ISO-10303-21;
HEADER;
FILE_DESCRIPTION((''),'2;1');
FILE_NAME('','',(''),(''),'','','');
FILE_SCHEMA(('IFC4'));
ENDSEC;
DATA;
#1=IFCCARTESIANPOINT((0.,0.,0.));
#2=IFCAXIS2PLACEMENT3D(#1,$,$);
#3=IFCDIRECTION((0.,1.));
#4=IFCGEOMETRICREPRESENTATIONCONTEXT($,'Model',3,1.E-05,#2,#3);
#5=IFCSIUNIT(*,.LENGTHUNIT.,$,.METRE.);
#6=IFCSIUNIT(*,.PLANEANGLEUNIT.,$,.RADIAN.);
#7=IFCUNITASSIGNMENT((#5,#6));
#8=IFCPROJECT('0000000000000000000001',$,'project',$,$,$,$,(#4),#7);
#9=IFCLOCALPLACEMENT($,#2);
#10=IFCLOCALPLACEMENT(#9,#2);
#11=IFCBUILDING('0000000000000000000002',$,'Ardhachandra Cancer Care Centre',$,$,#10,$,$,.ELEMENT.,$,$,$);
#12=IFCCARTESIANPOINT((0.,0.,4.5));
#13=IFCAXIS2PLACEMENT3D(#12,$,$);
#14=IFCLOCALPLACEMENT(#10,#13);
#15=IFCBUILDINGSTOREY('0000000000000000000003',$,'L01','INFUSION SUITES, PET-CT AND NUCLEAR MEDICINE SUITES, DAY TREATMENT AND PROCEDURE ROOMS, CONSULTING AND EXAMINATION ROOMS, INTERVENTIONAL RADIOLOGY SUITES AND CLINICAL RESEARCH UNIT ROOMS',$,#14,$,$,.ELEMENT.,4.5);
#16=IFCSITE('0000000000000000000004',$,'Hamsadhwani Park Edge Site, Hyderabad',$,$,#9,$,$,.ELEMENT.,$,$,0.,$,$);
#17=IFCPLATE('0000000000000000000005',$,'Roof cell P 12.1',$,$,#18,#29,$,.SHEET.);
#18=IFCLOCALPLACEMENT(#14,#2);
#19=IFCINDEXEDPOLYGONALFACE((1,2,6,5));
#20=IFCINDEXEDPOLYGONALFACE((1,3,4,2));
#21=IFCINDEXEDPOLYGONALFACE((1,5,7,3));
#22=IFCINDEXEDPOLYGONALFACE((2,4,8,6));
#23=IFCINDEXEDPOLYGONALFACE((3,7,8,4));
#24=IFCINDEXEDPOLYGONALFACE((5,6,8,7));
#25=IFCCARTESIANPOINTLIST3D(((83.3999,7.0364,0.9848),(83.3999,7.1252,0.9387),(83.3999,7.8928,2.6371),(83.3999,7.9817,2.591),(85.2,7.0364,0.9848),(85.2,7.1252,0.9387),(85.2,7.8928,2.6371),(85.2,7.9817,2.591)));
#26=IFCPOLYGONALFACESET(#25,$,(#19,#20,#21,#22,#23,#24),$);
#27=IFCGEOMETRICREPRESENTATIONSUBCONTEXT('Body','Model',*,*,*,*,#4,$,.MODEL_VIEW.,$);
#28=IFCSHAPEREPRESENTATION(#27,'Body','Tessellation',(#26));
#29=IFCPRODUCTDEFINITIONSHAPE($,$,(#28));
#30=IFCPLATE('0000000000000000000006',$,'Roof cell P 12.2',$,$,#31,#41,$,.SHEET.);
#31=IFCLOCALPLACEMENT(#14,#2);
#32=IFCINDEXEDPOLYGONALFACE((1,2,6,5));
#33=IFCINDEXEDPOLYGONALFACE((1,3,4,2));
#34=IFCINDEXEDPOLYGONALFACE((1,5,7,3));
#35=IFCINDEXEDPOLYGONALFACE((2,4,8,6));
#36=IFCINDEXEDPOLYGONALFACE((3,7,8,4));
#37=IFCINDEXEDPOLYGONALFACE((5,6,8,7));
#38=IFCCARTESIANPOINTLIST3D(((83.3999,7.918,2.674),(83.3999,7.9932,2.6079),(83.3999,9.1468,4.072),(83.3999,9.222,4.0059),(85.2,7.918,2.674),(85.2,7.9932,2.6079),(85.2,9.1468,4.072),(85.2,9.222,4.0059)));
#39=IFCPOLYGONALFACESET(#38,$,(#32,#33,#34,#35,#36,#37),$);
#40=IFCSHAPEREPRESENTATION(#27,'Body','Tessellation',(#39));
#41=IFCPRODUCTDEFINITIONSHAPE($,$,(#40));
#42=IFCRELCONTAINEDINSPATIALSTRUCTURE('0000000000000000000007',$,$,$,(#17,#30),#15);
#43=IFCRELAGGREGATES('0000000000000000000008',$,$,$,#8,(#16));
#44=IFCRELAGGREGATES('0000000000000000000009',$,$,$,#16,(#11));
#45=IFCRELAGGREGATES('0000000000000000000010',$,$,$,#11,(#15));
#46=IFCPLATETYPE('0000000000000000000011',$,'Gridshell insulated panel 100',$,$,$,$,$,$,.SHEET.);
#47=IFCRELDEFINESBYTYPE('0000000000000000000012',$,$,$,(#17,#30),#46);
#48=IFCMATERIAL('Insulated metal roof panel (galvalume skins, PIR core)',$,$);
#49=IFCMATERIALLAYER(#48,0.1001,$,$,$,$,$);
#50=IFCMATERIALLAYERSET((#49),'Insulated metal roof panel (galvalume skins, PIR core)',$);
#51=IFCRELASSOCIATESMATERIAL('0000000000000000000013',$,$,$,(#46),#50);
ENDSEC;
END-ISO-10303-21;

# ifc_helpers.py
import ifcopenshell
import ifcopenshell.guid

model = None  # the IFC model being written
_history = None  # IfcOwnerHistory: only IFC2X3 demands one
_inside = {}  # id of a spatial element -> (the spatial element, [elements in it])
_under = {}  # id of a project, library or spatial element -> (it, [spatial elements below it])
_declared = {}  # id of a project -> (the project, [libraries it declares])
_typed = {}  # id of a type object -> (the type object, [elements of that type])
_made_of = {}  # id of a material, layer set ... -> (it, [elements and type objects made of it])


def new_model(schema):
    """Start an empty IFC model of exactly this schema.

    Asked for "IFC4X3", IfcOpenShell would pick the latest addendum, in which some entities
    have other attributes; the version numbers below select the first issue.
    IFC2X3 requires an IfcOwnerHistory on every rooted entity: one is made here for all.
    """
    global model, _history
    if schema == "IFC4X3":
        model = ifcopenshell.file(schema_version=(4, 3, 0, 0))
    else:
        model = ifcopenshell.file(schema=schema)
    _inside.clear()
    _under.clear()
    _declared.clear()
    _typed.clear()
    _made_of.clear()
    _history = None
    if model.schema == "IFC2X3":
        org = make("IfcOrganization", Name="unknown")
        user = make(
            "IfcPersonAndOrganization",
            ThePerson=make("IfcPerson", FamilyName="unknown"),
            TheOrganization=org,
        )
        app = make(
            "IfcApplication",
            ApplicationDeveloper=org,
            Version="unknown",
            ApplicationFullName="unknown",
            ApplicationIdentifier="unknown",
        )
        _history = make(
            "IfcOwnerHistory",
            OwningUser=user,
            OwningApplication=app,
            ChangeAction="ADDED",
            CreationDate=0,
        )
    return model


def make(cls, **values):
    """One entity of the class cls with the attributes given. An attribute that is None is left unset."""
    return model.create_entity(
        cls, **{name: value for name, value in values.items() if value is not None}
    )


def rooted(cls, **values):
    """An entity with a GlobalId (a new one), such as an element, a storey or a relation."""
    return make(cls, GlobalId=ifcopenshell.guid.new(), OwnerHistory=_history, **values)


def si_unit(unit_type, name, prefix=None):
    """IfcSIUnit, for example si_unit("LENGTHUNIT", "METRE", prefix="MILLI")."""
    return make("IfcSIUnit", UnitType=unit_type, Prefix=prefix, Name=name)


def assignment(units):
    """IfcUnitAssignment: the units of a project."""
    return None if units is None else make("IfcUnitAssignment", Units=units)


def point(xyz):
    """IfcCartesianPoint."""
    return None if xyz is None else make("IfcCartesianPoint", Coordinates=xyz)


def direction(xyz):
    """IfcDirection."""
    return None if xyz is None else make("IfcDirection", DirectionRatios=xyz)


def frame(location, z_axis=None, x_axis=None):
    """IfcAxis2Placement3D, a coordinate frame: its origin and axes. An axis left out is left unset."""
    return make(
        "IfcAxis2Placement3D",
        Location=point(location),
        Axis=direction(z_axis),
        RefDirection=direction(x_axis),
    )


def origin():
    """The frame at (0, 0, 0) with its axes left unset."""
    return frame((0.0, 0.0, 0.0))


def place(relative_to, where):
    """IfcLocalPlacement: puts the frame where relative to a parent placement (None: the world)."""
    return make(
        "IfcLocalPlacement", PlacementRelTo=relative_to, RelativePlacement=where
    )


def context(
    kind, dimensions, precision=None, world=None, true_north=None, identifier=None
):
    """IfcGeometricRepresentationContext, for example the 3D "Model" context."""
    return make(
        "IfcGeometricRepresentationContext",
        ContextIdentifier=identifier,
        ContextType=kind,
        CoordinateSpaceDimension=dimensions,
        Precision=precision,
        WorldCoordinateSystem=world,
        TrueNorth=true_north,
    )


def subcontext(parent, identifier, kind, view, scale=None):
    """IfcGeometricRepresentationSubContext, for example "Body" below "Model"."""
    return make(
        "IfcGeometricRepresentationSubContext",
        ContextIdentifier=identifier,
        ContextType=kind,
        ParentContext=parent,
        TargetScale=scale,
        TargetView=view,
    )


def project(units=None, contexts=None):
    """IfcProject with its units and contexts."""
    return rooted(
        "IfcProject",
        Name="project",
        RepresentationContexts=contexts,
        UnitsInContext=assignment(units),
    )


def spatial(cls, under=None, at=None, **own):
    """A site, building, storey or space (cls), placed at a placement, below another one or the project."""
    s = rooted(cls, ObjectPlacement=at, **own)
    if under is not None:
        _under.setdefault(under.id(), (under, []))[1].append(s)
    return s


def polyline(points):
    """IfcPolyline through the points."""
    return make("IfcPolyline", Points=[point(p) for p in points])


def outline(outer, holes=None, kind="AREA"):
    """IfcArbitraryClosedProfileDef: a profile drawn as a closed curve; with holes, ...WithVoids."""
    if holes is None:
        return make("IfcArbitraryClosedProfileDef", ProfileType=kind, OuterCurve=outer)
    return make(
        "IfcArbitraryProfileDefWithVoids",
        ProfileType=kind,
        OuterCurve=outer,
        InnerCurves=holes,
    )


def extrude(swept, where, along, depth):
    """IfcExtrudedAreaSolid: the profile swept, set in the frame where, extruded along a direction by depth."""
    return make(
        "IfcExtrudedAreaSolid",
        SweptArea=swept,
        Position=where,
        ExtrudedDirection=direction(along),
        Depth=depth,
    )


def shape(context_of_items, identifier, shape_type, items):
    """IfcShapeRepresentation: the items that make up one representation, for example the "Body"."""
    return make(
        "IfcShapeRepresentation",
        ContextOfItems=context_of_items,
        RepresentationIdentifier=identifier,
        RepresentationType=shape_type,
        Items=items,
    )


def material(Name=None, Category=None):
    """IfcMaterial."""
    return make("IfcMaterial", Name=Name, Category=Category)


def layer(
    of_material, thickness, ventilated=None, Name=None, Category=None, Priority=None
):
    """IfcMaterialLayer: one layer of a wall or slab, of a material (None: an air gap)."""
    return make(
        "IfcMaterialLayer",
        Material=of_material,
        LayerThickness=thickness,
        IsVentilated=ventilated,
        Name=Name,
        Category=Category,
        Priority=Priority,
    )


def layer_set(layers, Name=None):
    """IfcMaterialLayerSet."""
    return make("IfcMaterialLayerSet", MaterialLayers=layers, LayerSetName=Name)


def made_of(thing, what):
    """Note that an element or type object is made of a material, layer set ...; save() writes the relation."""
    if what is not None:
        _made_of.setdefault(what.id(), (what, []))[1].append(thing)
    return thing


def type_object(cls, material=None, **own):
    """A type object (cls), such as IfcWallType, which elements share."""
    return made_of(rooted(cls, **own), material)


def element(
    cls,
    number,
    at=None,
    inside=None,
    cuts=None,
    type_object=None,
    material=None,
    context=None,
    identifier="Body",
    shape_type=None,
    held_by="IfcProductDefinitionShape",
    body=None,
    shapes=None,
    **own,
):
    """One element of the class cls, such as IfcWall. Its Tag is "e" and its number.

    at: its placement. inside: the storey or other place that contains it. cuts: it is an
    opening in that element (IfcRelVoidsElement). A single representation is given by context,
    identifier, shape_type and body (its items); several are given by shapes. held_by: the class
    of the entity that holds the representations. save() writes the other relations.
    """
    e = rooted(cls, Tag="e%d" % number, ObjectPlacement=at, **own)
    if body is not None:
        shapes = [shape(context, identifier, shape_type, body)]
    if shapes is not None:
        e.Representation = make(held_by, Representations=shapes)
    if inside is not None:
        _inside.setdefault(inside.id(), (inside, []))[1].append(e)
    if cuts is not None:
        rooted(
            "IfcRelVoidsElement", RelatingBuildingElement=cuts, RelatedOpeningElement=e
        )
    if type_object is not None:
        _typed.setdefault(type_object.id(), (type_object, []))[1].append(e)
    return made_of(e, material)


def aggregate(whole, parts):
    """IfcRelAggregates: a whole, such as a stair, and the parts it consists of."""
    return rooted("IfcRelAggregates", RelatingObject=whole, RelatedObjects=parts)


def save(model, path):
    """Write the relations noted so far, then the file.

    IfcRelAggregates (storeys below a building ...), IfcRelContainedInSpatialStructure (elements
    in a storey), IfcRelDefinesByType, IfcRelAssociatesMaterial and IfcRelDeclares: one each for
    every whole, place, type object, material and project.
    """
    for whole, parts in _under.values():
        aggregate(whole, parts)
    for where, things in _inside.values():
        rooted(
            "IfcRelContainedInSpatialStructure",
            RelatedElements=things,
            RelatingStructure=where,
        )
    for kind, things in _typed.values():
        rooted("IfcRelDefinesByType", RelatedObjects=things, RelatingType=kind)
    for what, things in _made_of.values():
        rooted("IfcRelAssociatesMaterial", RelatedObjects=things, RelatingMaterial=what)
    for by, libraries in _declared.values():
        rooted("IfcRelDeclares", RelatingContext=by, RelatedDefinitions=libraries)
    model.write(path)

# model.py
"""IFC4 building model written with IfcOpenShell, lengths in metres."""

from ifc_helpers import new_model, si_unit, direction, frame, origin, place, context, subcontext, project, spatial, polyline, outline, extrude, material, layer, layer_set, type_object, element, save


model = new_model("IFC4")

# Units and contexts
model_context = context("Model", 3, precision=1e-05, world=origin(), true_north=direction((0.0, 1.0)))
body_context = subcontext(model_context, "Body", "Model", "MODEL_VIEW")
ifc_project = project(units=[si_unit("LENGTHUNIT", "METRE"), si_unit("PLANEANGLEUNIT", "RADIAN")], contexts=[model_context])

# Site, building, storey
site_placement = place(None, origin())
site = spatial("IfcSite", under=ifc_project, at=site_placement, Name="Hamsadhwani Park Edge Site, Hyderabad", CompositionType="ELEMENT", RefElevation=0.0)
building_placement = place(site_placement, origin())
building = spatial("IfcBuilding", under=site, at=building_placement, Name="Ardhachandra Cancer Care Centre", CompositionType="ELEMENT")
storey_placement = place(building_placement, frame((0.0, 0.0, 4.5)))
storey = spatial("IfcBuildingStorey", under=building, at=storey_placement, Name="L01", Description="INFUSION SUITES, PET-CT AND NUCLEAR MEDICINE SUITES, DAY TREATMENT AND PROCEDURE ROOMS, CONSULTING AND EXAMINATION ROOMS, INTERVENTIONAL RADIOLOGY SUITES AND CLINICAL RESEARCH UNIT ROOMS", CompositionType="ELEMENT", Elevation=4.5)

# Plates
ifc_material_1 = material(Name="Insulated metal roof panel (galvalume skins, PIR core)")
ifc_layer_1 = layer(ifc_material_1, 0.1001)
ifc_layer_set_1 = layer_set([ifc_layer_1], Name="Insulated metal roof panel (galvalume skins, PIR core)")
plate_type_1 = type_object("IfcPlateType", Name="Gridshell insulated panel 100", PredefinedType="SHEET", material=ifc_layer_set_1)
plate_1_placement = place(storey_placement, frame((83.3999, 7.1252, 0.9387), z_axis=(0.0, -0.887826, 0.460179), x_axis=(1.0, 0.0, 0.0)))
element("IfcPlate", 1, at=plate_1_placement, inside=storey, type_object=plate_type_1, Name="Roof cell P 12.1", PredefinedType="SHEET", context=body_context, shape_type="SweptSolid", body=[
    extrude(outline(polyline([(0.0, 0.0), (1.8, 0.0), (1.8, 1.8611), (0.0, 1.8611), (0.0, 0.0)])), origin(), (0.0, 0.0, 1.0), 0.1001),
])
plate_2_placement = place(storey_placement, frame((83.3999, 7.9932, 2.6079), z_axis=(0.0, -0.751096, 0.660193), x_axis=(1.0, 0.0, 0.0)))
element("IfcPlate", 2, at=plate_2_placement, inside=storey, type_object=plate_type_1, Name="Roof cell P 12.2", PredefinedType="SHEET", context=body_context, shape_type="SweptSolid", body=[
    extrude(outline(polyline([(0.0, 0.0), (1.8, 0.0), (1.8, 1.8613), (0.0, 1.8613), (0.0, 0.0)])), origin(), (0.0, 0.0, 1.0), 0.1001),
])

save(model, "model.ifc")
